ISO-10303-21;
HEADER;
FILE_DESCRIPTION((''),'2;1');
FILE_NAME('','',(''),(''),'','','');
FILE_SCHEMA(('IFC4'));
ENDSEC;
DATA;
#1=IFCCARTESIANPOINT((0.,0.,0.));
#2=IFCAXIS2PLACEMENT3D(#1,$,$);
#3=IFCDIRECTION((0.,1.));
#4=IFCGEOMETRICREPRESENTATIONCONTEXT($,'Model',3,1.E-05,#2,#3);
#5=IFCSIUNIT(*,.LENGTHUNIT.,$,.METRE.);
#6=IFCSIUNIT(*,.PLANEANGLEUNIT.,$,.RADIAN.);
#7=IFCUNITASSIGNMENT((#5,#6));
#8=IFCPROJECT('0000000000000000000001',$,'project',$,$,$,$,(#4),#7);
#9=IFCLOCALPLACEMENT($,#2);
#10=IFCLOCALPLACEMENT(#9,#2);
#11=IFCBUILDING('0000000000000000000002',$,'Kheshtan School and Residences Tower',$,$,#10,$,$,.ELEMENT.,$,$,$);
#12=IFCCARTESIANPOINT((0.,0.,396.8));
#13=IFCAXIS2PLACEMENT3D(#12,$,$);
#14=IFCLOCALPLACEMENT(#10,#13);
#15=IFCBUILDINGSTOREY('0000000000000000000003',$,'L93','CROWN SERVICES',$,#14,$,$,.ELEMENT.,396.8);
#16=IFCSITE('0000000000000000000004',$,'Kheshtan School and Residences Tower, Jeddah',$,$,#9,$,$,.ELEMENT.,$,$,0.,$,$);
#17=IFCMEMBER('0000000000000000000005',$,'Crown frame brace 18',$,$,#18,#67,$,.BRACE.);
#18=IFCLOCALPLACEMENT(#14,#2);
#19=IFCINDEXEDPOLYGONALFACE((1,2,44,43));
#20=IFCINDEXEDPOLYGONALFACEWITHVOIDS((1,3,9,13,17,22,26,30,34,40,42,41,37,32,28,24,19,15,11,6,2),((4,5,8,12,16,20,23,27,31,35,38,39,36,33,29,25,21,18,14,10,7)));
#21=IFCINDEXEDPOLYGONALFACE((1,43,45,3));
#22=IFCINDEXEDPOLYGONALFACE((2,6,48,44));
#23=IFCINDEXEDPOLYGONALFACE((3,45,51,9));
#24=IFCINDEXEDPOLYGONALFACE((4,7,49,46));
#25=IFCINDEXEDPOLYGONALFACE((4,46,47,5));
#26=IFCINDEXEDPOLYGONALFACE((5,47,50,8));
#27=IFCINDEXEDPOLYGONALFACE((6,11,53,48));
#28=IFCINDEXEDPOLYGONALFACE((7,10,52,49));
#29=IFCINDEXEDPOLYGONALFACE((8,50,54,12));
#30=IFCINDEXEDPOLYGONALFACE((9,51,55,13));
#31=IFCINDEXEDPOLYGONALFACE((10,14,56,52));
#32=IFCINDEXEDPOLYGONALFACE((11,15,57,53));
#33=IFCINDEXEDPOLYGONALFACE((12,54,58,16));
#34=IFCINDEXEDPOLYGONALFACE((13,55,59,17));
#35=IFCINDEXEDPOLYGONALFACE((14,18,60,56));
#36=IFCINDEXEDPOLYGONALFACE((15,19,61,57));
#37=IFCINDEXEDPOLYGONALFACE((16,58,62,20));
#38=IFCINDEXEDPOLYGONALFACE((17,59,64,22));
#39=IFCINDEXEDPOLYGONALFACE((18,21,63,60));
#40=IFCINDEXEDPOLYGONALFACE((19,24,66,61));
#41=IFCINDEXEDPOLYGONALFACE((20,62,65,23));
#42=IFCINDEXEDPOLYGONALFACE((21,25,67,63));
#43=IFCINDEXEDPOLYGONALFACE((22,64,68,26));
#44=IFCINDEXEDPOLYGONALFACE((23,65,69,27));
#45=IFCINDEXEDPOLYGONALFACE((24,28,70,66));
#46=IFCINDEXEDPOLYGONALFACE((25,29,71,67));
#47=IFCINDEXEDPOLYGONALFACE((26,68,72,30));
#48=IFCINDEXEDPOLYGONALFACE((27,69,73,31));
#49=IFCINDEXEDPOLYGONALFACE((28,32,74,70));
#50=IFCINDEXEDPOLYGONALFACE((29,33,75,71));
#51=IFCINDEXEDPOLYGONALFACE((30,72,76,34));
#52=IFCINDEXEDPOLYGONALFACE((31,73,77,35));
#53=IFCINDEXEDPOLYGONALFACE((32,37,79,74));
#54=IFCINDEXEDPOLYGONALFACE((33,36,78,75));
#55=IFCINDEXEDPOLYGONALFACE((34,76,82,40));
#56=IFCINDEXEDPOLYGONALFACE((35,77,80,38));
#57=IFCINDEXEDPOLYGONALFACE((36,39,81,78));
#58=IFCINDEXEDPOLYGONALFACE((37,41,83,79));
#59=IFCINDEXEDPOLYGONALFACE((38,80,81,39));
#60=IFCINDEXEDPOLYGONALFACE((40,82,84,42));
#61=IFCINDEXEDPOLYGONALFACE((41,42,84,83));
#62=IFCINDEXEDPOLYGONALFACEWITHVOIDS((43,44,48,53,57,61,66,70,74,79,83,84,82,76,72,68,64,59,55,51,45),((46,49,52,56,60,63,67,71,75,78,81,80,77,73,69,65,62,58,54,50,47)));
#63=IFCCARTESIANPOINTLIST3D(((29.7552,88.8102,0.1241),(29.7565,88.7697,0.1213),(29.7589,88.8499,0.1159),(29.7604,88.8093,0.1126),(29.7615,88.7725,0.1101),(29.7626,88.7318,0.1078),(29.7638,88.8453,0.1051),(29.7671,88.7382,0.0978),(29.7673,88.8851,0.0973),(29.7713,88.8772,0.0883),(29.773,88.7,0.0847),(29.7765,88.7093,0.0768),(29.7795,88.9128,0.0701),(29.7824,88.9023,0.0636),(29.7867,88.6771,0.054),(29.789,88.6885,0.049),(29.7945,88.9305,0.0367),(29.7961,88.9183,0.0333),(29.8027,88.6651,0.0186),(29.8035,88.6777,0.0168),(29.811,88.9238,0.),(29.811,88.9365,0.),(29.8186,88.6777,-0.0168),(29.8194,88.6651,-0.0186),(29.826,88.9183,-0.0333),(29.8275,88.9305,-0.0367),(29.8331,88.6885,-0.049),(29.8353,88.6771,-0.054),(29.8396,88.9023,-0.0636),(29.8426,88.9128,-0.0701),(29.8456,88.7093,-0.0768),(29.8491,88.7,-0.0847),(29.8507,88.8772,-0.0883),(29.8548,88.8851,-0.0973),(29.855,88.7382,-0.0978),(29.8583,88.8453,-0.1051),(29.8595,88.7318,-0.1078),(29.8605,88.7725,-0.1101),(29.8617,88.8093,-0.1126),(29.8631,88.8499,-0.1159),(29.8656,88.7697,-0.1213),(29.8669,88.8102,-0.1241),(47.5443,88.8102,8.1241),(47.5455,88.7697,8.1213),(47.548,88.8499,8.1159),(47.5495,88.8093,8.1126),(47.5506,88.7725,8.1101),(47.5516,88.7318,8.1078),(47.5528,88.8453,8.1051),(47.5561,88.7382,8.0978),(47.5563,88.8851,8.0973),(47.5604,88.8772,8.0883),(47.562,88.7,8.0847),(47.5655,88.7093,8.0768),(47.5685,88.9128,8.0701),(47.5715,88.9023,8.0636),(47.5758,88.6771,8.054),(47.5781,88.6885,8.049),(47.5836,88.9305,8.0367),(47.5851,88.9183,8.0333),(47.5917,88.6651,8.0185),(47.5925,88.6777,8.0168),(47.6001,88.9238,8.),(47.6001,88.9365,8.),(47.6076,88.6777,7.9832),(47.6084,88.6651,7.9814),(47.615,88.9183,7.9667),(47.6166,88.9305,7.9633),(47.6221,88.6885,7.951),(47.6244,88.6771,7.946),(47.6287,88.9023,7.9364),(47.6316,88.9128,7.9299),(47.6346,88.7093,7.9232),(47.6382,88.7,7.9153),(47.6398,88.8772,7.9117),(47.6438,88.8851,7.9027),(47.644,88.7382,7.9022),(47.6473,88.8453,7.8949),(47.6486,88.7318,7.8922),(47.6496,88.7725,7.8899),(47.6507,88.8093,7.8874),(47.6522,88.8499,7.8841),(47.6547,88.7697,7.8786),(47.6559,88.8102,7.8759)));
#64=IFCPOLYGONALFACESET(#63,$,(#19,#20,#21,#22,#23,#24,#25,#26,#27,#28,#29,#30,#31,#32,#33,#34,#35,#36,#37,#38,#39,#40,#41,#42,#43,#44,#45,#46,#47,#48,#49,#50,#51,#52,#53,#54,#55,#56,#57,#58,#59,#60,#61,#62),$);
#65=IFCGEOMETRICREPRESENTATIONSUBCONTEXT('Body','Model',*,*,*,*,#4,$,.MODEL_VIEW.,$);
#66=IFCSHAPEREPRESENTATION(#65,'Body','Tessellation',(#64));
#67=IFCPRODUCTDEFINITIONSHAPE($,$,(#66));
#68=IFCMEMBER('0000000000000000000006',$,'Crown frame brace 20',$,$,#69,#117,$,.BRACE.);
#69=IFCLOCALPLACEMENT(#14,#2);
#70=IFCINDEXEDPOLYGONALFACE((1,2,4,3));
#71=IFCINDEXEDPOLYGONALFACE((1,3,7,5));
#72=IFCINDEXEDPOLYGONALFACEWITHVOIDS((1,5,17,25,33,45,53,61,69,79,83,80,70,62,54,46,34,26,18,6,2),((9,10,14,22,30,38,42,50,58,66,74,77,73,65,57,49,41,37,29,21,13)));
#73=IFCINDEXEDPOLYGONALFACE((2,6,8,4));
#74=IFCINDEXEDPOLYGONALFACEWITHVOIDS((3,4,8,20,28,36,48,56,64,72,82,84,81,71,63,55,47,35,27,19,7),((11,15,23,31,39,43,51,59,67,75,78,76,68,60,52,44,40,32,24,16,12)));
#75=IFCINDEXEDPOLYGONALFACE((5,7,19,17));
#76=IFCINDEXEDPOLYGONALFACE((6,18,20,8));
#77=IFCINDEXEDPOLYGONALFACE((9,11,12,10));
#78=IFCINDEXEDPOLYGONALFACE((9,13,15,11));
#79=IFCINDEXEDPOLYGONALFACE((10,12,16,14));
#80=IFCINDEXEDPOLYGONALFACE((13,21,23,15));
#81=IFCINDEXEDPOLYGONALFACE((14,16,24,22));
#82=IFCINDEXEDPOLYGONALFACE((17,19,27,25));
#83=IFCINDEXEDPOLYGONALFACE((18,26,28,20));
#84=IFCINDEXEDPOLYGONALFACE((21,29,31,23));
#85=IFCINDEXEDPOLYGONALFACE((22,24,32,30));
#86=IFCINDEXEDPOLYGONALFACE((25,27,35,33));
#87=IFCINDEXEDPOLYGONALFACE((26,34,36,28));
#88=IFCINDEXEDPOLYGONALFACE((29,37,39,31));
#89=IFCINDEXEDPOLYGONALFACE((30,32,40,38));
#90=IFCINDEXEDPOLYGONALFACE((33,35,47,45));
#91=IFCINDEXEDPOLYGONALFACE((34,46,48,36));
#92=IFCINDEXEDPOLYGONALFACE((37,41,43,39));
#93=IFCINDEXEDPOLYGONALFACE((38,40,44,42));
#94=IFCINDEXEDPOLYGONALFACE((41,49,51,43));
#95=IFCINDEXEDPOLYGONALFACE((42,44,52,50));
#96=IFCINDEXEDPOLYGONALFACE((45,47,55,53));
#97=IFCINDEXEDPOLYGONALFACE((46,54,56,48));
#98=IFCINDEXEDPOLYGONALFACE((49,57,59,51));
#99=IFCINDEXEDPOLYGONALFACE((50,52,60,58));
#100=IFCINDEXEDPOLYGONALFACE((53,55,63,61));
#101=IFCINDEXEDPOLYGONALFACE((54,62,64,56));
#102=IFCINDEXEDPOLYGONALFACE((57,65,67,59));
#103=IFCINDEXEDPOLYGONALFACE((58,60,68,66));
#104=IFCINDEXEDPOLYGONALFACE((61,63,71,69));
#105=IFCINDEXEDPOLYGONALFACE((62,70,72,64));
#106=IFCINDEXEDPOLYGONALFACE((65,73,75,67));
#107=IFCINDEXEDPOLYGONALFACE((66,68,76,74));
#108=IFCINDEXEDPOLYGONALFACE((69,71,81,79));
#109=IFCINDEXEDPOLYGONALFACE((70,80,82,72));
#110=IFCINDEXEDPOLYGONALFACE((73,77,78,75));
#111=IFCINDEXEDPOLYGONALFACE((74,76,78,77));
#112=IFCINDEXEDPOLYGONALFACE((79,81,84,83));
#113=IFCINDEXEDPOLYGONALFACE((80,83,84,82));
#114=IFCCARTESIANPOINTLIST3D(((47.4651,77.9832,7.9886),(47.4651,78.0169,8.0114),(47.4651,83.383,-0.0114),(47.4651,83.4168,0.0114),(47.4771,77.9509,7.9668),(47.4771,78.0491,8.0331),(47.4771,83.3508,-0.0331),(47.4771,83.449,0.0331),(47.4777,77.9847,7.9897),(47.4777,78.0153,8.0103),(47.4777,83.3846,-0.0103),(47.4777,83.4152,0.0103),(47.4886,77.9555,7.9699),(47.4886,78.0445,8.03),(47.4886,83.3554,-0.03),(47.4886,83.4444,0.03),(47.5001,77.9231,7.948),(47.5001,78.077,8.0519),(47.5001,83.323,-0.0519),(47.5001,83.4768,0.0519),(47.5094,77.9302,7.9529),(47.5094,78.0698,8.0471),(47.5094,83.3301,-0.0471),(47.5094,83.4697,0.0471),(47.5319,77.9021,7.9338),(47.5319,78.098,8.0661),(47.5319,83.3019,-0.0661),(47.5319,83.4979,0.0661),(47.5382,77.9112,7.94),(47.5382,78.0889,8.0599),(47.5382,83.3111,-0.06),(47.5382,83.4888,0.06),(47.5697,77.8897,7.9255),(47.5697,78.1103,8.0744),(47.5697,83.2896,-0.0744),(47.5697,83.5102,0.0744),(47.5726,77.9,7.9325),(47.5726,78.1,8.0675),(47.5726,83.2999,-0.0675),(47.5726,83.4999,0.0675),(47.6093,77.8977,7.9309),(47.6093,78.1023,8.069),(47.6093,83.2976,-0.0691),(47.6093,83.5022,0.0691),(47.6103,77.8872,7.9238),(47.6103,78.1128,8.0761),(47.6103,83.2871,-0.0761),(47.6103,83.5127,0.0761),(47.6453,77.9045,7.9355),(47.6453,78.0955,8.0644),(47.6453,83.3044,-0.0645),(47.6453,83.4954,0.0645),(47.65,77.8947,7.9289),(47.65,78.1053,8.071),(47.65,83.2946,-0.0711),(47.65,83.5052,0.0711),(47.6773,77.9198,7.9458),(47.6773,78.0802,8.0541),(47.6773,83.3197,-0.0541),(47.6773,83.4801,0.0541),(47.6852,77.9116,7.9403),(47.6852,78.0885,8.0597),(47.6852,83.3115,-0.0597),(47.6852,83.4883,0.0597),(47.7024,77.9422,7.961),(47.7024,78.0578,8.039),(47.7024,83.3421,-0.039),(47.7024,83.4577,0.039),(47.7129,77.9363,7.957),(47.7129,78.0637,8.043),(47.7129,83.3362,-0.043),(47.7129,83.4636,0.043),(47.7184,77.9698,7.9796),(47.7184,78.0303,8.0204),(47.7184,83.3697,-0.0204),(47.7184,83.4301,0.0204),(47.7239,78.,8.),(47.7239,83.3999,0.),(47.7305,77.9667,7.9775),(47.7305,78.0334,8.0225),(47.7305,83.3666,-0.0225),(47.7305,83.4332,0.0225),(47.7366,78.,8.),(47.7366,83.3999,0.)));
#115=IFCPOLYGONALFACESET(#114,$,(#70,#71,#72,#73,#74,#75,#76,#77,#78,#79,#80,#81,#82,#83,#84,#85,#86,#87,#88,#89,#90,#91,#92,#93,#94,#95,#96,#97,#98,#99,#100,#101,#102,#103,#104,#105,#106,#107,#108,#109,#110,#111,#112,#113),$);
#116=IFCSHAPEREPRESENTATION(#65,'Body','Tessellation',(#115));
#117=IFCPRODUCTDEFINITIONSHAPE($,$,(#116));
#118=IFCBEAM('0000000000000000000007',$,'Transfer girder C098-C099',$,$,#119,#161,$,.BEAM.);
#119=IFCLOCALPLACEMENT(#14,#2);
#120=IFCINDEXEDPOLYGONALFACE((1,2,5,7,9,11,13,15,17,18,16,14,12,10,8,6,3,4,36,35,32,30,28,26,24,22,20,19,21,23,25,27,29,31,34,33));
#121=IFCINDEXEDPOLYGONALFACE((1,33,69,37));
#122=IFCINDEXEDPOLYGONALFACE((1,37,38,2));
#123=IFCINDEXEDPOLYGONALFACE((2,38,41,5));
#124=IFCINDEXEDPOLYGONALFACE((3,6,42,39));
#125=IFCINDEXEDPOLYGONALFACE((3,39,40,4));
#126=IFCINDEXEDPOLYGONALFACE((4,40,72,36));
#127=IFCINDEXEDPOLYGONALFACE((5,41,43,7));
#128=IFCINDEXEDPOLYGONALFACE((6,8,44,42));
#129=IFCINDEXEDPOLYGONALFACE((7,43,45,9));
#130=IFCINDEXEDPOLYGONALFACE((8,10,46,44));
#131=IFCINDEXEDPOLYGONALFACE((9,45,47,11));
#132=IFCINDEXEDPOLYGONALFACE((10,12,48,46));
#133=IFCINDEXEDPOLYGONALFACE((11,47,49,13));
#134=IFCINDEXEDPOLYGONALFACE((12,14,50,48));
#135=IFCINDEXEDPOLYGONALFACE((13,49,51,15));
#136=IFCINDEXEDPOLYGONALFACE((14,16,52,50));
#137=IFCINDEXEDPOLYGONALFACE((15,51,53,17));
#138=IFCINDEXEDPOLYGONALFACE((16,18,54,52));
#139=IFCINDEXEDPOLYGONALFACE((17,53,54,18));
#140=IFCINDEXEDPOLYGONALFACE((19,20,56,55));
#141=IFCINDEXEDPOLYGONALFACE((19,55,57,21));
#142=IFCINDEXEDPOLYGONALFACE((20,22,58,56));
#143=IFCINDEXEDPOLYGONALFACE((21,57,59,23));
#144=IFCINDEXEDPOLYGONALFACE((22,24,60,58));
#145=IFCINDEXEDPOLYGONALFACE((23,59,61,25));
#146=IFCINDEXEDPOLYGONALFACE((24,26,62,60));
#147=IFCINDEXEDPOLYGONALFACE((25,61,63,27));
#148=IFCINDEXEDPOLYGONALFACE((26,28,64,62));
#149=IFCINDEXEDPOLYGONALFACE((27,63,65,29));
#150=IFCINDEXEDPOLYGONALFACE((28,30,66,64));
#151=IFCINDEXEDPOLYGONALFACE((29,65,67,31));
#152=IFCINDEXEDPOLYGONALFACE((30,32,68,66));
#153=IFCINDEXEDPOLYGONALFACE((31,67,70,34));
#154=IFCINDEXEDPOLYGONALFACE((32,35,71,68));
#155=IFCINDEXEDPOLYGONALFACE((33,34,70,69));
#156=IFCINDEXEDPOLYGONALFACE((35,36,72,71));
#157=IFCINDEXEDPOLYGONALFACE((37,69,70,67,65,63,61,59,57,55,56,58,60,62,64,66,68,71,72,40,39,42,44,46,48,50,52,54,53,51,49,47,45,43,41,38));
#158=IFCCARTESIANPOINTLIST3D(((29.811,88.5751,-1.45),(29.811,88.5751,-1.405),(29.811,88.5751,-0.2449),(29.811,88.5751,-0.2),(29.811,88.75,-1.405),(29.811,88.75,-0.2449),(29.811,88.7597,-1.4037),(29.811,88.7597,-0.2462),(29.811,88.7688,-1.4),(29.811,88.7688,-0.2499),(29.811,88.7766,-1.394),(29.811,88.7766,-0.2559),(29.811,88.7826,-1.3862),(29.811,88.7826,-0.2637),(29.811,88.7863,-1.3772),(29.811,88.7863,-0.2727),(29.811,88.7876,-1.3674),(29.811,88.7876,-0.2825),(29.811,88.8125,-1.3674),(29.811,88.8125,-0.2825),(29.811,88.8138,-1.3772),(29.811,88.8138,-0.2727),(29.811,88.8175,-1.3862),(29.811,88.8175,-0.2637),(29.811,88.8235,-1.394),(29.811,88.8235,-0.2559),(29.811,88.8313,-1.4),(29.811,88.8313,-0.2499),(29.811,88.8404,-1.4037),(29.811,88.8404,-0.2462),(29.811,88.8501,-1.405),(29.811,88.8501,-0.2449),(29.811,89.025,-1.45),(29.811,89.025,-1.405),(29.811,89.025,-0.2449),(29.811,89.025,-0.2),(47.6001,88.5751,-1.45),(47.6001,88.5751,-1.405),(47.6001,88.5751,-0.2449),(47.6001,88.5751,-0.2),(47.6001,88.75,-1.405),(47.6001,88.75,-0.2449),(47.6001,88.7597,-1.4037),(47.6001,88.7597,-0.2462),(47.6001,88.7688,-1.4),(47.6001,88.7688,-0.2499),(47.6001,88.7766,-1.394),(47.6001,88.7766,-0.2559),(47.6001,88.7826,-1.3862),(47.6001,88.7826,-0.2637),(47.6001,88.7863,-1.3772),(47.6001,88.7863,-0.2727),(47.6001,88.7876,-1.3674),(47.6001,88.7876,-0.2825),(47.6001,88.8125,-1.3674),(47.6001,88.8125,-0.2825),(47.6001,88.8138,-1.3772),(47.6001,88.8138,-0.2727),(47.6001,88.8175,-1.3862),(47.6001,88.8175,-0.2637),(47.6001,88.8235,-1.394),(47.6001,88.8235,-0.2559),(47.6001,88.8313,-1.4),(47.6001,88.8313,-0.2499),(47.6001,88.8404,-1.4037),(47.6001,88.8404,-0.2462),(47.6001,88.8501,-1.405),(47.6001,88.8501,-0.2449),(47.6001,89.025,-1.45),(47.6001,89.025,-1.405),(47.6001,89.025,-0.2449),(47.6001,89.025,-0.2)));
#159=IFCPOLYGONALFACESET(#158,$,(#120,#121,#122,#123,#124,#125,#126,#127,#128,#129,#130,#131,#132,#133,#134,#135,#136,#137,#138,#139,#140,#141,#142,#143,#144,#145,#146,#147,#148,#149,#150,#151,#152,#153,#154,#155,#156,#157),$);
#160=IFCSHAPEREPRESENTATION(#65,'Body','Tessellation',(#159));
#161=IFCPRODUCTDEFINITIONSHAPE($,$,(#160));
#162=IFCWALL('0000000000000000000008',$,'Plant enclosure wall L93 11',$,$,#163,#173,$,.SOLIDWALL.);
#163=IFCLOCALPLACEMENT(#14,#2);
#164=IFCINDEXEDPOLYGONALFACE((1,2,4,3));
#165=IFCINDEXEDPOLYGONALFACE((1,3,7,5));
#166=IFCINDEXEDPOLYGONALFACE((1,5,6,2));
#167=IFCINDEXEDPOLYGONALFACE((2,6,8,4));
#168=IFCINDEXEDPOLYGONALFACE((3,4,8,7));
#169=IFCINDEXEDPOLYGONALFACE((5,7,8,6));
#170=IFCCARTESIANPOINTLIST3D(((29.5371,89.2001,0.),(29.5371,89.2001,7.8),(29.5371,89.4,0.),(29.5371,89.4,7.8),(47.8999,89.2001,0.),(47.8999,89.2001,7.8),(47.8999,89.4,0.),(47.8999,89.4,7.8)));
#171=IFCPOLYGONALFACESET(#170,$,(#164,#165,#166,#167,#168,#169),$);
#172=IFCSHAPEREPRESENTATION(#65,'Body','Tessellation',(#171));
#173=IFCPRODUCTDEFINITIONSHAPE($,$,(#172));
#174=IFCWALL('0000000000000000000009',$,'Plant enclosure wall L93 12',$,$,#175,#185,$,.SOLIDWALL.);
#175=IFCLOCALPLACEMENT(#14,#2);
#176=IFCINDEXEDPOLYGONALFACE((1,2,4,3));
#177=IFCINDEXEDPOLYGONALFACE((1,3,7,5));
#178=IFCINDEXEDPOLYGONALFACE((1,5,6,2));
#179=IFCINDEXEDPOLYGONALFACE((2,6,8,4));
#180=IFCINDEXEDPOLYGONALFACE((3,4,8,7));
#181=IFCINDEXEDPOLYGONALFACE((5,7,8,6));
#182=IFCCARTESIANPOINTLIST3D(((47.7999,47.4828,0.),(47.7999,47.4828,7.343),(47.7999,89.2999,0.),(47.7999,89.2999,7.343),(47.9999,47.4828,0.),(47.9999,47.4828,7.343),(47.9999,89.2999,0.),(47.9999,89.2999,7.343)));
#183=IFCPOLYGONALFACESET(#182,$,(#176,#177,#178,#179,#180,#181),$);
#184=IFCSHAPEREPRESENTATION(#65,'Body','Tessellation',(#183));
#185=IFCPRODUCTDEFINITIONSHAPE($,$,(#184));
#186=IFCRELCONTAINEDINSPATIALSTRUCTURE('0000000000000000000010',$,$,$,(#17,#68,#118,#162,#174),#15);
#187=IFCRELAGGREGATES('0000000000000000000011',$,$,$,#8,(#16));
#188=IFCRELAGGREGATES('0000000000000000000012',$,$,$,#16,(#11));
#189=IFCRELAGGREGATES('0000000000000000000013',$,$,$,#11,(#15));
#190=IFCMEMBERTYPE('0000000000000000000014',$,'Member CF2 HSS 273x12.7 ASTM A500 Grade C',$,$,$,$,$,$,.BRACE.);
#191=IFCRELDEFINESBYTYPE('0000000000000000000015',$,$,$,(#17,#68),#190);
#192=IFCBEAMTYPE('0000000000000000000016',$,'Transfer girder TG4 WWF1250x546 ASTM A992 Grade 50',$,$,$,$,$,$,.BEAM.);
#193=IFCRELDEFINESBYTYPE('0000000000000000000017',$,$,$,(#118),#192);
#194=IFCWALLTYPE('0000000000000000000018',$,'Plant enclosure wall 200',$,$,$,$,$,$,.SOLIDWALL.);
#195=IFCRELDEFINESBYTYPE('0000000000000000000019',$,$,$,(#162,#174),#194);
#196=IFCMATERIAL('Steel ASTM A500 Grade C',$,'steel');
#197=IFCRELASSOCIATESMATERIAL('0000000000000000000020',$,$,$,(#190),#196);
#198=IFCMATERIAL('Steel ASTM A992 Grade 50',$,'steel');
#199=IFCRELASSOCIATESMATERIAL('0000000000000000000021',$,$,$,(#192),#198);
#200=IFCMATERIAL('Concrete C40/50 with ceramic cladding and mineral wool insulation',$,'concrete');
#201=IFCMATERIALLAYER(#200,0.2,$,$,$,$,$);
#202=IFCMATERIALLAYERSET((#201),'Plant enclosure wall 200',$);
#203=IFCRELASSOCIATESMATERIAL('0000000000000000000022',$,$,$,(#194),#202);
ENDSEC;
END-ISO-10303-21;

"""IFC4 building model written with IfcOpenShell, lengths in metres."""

from ifc_helpers import new_model, si_unit, direction, frame, frame_2d, origin, origin_2d, place, context, subcontext, project, spatial, rectangle, hollow_circle, i_section, extrude, material, layer, layer_set, material_profile, profile_set, type_object, element, save


model = new_model("IFC4")

# Units and contexts
model_context = context("Model", 3, precision=1e-05, world=origin(), true_north=direction((0.0, 1.0)))
body_context = subcontext(model_context, "Body", "Model", "MODEL_VIEW")
ifc_project = project(units=[si_unit("LENGTHUNIT", "METRE"), si_unit("PLANEANGLEUNIT", "RADIAN")], contexts=[model_context])

# Site, building, storey
site_placement = place(None, origin())
site = spatial("IfcSite", under=ifc_project, at=site_placement, Name="Kheshtan School and Residences Tower, Jeddah", CompositionType="ELEMENT", RefElevation=0.0)
building_placement = place(site_placement, origin())
building = spatial("IfcBuilding", under=site, at=building_placement, Name="Kheshtan School and Residences Tower", CompositionType="ELEMENT")
storey_placement = place(building_placement, frame((0.0, 0.0, 396.8)))
storey = spatial("IfcBuildingStorey", under=building, at=storey_placement, Name="L93", Description="CROWN SERVICES", CompositionType="ELEMENT", Elevation=396.8)

# Shared definitions
ifc_material_1 = material(Name="Steel ASTM A500 Grade C", Category="steel")

# Shared definitions
ifc_material_2 = material(Name="Steel ASTM A992 Grade 50", Category="steel")

# Members
ifc_material_profile_1 = material_profile(ifc_material_1, hollow_circle(Radius=0.1365, WallThickness=0.0127, at=origin_2d()), Name="HSS 273x12.7")
ifc_profile_set_1 = profile_set([ifc_material_profile_1], Name="Steel ASTM A500 Grade C")
member_type = type_object("IfcMemberType", Name="Member CF2 HSS 273x12.7 ASTM A500 Grade C", PredefinedType="BRACE", material=ifc_profile_set_1)
member_1_placement = place(storey_placement, frame((29.811, 88.8, 0.0), z_axis=(0.912019, 0.0, 0.410148), x_axis=(0.0, 1.0, 0.0)))
element("IfcMember", 1, at=member_1_placement, inside=storey, type_object=member_type, Name="Crown frame brace 18", PredefinedType="BRACE", context=body_context, shape_type="SweptSolid", body=[
    extrude(hollow_circle(Radius=0.1365, WallThickness=0.0127, at=origin_2d()), origin(), (0.0, 0.0, 1.0), 19.5051),
])
member_2_placement = place(storey_placement, frame((47.6001, 83.3999, 0.0), z_axis=(0.0, -0.559466, 0.828853), x_axis=(1.0, 0.0, 0.0)))
element("IfcMember", 2, at=member_2_placement, inside=storey, type_object=member_type, Name="Crown frame brace 20", PredefinedType="BRACE", context=body_context, shape_type="SweptSolid", body=[
    extrude(hollow_circle(Radius=0.1365, WallThickness=0.0127, at=origin_2d()), origin(), (0.0, 0.0, 1.0), 9.6519),
])

# Beam
ifc_material_profile_2 = material_profile(ifc_material_2, i_section(OverallWidth=0.45, OverallDepth=1.25, WebThickness=0.0249, FlangeThickness=0.0449, FilletRadius=0.0376, at=origin_2d()), Name="WWF1250x546")
ifc_profile_set_2 = profile_set([ifc_material_profile_2], Name="Steel ASTM A992 Grade 50")
beam_type_1 = type_object("IfcBeamType", Name="Transfer girder TG4 WWF1250x546 ASTM A992 Grade 50", PredefinedType="BEAM", material=ifc_profile_set_2)
beam_1_placement = place(storey_placement, frame((29.811, 88.8, -0.825), z_axis=(1.0, 0.0, 0.0), x_axis=(0.0, 1.0, 0.0)))
element("IfcBeam", 3, at=beam_1_placement, inside=storey, type_object=beam_type_1, Name="Transfer girder C098-C099", PredefinedType="BEAM", context=body_context, shape_type="SweptSolid", body=[
    extrude(i_section(OverallWidth=0.45, OverallDepth=1.25, WebThickness=0.0249, FlangeThickness=0.0449, FilletRadius=0.0376, at=origin_2d()), origin(), (0.0, 0.0, 1.0), 17.7891),
])

# Walls
ifc_material_3 = material(Name="Concrete C40/50 with ceramic cladding and mineral wool insulation", Category="concrete")
ifc_layer_1 = layer(ifc_material_3, 0.2)
ifc_layer_set_1 = layer_set([ifc_layer_1], Name="Plant enclosure wall 200")
wall_type_1 = type_object("IfcWallType", Name="Plant enclosure wall 200", PredefinedType="SOLIDWALL", material=ifc_layer_set_1)
wall_1_placement = place(storey_placement, frame((29.5371, 89.3, 0.0), z_axis=(0.0, 0.0, 1.0), x_axis=(1.0, 0.0, 0.0)))
element("IfcWall", 4, at=wall_1_placement, inside=storey, type_object=wall_type_1, Name="Plant enclosure wall L93 11", PredefinedType="SOLIDWALL", context=body_context, shape_type="SweptSolid", body=[
    extrude(rectangle(XDim=18.3628, YDim=0.2, at=frame_2d((9.1814, 0.0))), origin(), (0.0, 0.0, 1.0), 7.8),
])
wall_2_placement = place(storey_placement, frame((47.8999, 89.3, 0.0), z_axis=(0.0, 0.0, 1.0), x_axis=(0.0, -1.0, 0.0)))
element("IfcWall", 5, at=wall_2_placement, inside=storey, type_object=wall_type_1, Name="Plant enclosure wall L93 12", PredefinedType="SOLIDWALL", context=body_context, shape_type="SweptSolid", body=[
    extrude(rectangle(XDim=41.8171, YDim=0.2, at=frame_2d((20.9087, 0.0))), origin(), (0.0, 0.0, 1.0), 7.343),
])

save(model, "model.ifc")
